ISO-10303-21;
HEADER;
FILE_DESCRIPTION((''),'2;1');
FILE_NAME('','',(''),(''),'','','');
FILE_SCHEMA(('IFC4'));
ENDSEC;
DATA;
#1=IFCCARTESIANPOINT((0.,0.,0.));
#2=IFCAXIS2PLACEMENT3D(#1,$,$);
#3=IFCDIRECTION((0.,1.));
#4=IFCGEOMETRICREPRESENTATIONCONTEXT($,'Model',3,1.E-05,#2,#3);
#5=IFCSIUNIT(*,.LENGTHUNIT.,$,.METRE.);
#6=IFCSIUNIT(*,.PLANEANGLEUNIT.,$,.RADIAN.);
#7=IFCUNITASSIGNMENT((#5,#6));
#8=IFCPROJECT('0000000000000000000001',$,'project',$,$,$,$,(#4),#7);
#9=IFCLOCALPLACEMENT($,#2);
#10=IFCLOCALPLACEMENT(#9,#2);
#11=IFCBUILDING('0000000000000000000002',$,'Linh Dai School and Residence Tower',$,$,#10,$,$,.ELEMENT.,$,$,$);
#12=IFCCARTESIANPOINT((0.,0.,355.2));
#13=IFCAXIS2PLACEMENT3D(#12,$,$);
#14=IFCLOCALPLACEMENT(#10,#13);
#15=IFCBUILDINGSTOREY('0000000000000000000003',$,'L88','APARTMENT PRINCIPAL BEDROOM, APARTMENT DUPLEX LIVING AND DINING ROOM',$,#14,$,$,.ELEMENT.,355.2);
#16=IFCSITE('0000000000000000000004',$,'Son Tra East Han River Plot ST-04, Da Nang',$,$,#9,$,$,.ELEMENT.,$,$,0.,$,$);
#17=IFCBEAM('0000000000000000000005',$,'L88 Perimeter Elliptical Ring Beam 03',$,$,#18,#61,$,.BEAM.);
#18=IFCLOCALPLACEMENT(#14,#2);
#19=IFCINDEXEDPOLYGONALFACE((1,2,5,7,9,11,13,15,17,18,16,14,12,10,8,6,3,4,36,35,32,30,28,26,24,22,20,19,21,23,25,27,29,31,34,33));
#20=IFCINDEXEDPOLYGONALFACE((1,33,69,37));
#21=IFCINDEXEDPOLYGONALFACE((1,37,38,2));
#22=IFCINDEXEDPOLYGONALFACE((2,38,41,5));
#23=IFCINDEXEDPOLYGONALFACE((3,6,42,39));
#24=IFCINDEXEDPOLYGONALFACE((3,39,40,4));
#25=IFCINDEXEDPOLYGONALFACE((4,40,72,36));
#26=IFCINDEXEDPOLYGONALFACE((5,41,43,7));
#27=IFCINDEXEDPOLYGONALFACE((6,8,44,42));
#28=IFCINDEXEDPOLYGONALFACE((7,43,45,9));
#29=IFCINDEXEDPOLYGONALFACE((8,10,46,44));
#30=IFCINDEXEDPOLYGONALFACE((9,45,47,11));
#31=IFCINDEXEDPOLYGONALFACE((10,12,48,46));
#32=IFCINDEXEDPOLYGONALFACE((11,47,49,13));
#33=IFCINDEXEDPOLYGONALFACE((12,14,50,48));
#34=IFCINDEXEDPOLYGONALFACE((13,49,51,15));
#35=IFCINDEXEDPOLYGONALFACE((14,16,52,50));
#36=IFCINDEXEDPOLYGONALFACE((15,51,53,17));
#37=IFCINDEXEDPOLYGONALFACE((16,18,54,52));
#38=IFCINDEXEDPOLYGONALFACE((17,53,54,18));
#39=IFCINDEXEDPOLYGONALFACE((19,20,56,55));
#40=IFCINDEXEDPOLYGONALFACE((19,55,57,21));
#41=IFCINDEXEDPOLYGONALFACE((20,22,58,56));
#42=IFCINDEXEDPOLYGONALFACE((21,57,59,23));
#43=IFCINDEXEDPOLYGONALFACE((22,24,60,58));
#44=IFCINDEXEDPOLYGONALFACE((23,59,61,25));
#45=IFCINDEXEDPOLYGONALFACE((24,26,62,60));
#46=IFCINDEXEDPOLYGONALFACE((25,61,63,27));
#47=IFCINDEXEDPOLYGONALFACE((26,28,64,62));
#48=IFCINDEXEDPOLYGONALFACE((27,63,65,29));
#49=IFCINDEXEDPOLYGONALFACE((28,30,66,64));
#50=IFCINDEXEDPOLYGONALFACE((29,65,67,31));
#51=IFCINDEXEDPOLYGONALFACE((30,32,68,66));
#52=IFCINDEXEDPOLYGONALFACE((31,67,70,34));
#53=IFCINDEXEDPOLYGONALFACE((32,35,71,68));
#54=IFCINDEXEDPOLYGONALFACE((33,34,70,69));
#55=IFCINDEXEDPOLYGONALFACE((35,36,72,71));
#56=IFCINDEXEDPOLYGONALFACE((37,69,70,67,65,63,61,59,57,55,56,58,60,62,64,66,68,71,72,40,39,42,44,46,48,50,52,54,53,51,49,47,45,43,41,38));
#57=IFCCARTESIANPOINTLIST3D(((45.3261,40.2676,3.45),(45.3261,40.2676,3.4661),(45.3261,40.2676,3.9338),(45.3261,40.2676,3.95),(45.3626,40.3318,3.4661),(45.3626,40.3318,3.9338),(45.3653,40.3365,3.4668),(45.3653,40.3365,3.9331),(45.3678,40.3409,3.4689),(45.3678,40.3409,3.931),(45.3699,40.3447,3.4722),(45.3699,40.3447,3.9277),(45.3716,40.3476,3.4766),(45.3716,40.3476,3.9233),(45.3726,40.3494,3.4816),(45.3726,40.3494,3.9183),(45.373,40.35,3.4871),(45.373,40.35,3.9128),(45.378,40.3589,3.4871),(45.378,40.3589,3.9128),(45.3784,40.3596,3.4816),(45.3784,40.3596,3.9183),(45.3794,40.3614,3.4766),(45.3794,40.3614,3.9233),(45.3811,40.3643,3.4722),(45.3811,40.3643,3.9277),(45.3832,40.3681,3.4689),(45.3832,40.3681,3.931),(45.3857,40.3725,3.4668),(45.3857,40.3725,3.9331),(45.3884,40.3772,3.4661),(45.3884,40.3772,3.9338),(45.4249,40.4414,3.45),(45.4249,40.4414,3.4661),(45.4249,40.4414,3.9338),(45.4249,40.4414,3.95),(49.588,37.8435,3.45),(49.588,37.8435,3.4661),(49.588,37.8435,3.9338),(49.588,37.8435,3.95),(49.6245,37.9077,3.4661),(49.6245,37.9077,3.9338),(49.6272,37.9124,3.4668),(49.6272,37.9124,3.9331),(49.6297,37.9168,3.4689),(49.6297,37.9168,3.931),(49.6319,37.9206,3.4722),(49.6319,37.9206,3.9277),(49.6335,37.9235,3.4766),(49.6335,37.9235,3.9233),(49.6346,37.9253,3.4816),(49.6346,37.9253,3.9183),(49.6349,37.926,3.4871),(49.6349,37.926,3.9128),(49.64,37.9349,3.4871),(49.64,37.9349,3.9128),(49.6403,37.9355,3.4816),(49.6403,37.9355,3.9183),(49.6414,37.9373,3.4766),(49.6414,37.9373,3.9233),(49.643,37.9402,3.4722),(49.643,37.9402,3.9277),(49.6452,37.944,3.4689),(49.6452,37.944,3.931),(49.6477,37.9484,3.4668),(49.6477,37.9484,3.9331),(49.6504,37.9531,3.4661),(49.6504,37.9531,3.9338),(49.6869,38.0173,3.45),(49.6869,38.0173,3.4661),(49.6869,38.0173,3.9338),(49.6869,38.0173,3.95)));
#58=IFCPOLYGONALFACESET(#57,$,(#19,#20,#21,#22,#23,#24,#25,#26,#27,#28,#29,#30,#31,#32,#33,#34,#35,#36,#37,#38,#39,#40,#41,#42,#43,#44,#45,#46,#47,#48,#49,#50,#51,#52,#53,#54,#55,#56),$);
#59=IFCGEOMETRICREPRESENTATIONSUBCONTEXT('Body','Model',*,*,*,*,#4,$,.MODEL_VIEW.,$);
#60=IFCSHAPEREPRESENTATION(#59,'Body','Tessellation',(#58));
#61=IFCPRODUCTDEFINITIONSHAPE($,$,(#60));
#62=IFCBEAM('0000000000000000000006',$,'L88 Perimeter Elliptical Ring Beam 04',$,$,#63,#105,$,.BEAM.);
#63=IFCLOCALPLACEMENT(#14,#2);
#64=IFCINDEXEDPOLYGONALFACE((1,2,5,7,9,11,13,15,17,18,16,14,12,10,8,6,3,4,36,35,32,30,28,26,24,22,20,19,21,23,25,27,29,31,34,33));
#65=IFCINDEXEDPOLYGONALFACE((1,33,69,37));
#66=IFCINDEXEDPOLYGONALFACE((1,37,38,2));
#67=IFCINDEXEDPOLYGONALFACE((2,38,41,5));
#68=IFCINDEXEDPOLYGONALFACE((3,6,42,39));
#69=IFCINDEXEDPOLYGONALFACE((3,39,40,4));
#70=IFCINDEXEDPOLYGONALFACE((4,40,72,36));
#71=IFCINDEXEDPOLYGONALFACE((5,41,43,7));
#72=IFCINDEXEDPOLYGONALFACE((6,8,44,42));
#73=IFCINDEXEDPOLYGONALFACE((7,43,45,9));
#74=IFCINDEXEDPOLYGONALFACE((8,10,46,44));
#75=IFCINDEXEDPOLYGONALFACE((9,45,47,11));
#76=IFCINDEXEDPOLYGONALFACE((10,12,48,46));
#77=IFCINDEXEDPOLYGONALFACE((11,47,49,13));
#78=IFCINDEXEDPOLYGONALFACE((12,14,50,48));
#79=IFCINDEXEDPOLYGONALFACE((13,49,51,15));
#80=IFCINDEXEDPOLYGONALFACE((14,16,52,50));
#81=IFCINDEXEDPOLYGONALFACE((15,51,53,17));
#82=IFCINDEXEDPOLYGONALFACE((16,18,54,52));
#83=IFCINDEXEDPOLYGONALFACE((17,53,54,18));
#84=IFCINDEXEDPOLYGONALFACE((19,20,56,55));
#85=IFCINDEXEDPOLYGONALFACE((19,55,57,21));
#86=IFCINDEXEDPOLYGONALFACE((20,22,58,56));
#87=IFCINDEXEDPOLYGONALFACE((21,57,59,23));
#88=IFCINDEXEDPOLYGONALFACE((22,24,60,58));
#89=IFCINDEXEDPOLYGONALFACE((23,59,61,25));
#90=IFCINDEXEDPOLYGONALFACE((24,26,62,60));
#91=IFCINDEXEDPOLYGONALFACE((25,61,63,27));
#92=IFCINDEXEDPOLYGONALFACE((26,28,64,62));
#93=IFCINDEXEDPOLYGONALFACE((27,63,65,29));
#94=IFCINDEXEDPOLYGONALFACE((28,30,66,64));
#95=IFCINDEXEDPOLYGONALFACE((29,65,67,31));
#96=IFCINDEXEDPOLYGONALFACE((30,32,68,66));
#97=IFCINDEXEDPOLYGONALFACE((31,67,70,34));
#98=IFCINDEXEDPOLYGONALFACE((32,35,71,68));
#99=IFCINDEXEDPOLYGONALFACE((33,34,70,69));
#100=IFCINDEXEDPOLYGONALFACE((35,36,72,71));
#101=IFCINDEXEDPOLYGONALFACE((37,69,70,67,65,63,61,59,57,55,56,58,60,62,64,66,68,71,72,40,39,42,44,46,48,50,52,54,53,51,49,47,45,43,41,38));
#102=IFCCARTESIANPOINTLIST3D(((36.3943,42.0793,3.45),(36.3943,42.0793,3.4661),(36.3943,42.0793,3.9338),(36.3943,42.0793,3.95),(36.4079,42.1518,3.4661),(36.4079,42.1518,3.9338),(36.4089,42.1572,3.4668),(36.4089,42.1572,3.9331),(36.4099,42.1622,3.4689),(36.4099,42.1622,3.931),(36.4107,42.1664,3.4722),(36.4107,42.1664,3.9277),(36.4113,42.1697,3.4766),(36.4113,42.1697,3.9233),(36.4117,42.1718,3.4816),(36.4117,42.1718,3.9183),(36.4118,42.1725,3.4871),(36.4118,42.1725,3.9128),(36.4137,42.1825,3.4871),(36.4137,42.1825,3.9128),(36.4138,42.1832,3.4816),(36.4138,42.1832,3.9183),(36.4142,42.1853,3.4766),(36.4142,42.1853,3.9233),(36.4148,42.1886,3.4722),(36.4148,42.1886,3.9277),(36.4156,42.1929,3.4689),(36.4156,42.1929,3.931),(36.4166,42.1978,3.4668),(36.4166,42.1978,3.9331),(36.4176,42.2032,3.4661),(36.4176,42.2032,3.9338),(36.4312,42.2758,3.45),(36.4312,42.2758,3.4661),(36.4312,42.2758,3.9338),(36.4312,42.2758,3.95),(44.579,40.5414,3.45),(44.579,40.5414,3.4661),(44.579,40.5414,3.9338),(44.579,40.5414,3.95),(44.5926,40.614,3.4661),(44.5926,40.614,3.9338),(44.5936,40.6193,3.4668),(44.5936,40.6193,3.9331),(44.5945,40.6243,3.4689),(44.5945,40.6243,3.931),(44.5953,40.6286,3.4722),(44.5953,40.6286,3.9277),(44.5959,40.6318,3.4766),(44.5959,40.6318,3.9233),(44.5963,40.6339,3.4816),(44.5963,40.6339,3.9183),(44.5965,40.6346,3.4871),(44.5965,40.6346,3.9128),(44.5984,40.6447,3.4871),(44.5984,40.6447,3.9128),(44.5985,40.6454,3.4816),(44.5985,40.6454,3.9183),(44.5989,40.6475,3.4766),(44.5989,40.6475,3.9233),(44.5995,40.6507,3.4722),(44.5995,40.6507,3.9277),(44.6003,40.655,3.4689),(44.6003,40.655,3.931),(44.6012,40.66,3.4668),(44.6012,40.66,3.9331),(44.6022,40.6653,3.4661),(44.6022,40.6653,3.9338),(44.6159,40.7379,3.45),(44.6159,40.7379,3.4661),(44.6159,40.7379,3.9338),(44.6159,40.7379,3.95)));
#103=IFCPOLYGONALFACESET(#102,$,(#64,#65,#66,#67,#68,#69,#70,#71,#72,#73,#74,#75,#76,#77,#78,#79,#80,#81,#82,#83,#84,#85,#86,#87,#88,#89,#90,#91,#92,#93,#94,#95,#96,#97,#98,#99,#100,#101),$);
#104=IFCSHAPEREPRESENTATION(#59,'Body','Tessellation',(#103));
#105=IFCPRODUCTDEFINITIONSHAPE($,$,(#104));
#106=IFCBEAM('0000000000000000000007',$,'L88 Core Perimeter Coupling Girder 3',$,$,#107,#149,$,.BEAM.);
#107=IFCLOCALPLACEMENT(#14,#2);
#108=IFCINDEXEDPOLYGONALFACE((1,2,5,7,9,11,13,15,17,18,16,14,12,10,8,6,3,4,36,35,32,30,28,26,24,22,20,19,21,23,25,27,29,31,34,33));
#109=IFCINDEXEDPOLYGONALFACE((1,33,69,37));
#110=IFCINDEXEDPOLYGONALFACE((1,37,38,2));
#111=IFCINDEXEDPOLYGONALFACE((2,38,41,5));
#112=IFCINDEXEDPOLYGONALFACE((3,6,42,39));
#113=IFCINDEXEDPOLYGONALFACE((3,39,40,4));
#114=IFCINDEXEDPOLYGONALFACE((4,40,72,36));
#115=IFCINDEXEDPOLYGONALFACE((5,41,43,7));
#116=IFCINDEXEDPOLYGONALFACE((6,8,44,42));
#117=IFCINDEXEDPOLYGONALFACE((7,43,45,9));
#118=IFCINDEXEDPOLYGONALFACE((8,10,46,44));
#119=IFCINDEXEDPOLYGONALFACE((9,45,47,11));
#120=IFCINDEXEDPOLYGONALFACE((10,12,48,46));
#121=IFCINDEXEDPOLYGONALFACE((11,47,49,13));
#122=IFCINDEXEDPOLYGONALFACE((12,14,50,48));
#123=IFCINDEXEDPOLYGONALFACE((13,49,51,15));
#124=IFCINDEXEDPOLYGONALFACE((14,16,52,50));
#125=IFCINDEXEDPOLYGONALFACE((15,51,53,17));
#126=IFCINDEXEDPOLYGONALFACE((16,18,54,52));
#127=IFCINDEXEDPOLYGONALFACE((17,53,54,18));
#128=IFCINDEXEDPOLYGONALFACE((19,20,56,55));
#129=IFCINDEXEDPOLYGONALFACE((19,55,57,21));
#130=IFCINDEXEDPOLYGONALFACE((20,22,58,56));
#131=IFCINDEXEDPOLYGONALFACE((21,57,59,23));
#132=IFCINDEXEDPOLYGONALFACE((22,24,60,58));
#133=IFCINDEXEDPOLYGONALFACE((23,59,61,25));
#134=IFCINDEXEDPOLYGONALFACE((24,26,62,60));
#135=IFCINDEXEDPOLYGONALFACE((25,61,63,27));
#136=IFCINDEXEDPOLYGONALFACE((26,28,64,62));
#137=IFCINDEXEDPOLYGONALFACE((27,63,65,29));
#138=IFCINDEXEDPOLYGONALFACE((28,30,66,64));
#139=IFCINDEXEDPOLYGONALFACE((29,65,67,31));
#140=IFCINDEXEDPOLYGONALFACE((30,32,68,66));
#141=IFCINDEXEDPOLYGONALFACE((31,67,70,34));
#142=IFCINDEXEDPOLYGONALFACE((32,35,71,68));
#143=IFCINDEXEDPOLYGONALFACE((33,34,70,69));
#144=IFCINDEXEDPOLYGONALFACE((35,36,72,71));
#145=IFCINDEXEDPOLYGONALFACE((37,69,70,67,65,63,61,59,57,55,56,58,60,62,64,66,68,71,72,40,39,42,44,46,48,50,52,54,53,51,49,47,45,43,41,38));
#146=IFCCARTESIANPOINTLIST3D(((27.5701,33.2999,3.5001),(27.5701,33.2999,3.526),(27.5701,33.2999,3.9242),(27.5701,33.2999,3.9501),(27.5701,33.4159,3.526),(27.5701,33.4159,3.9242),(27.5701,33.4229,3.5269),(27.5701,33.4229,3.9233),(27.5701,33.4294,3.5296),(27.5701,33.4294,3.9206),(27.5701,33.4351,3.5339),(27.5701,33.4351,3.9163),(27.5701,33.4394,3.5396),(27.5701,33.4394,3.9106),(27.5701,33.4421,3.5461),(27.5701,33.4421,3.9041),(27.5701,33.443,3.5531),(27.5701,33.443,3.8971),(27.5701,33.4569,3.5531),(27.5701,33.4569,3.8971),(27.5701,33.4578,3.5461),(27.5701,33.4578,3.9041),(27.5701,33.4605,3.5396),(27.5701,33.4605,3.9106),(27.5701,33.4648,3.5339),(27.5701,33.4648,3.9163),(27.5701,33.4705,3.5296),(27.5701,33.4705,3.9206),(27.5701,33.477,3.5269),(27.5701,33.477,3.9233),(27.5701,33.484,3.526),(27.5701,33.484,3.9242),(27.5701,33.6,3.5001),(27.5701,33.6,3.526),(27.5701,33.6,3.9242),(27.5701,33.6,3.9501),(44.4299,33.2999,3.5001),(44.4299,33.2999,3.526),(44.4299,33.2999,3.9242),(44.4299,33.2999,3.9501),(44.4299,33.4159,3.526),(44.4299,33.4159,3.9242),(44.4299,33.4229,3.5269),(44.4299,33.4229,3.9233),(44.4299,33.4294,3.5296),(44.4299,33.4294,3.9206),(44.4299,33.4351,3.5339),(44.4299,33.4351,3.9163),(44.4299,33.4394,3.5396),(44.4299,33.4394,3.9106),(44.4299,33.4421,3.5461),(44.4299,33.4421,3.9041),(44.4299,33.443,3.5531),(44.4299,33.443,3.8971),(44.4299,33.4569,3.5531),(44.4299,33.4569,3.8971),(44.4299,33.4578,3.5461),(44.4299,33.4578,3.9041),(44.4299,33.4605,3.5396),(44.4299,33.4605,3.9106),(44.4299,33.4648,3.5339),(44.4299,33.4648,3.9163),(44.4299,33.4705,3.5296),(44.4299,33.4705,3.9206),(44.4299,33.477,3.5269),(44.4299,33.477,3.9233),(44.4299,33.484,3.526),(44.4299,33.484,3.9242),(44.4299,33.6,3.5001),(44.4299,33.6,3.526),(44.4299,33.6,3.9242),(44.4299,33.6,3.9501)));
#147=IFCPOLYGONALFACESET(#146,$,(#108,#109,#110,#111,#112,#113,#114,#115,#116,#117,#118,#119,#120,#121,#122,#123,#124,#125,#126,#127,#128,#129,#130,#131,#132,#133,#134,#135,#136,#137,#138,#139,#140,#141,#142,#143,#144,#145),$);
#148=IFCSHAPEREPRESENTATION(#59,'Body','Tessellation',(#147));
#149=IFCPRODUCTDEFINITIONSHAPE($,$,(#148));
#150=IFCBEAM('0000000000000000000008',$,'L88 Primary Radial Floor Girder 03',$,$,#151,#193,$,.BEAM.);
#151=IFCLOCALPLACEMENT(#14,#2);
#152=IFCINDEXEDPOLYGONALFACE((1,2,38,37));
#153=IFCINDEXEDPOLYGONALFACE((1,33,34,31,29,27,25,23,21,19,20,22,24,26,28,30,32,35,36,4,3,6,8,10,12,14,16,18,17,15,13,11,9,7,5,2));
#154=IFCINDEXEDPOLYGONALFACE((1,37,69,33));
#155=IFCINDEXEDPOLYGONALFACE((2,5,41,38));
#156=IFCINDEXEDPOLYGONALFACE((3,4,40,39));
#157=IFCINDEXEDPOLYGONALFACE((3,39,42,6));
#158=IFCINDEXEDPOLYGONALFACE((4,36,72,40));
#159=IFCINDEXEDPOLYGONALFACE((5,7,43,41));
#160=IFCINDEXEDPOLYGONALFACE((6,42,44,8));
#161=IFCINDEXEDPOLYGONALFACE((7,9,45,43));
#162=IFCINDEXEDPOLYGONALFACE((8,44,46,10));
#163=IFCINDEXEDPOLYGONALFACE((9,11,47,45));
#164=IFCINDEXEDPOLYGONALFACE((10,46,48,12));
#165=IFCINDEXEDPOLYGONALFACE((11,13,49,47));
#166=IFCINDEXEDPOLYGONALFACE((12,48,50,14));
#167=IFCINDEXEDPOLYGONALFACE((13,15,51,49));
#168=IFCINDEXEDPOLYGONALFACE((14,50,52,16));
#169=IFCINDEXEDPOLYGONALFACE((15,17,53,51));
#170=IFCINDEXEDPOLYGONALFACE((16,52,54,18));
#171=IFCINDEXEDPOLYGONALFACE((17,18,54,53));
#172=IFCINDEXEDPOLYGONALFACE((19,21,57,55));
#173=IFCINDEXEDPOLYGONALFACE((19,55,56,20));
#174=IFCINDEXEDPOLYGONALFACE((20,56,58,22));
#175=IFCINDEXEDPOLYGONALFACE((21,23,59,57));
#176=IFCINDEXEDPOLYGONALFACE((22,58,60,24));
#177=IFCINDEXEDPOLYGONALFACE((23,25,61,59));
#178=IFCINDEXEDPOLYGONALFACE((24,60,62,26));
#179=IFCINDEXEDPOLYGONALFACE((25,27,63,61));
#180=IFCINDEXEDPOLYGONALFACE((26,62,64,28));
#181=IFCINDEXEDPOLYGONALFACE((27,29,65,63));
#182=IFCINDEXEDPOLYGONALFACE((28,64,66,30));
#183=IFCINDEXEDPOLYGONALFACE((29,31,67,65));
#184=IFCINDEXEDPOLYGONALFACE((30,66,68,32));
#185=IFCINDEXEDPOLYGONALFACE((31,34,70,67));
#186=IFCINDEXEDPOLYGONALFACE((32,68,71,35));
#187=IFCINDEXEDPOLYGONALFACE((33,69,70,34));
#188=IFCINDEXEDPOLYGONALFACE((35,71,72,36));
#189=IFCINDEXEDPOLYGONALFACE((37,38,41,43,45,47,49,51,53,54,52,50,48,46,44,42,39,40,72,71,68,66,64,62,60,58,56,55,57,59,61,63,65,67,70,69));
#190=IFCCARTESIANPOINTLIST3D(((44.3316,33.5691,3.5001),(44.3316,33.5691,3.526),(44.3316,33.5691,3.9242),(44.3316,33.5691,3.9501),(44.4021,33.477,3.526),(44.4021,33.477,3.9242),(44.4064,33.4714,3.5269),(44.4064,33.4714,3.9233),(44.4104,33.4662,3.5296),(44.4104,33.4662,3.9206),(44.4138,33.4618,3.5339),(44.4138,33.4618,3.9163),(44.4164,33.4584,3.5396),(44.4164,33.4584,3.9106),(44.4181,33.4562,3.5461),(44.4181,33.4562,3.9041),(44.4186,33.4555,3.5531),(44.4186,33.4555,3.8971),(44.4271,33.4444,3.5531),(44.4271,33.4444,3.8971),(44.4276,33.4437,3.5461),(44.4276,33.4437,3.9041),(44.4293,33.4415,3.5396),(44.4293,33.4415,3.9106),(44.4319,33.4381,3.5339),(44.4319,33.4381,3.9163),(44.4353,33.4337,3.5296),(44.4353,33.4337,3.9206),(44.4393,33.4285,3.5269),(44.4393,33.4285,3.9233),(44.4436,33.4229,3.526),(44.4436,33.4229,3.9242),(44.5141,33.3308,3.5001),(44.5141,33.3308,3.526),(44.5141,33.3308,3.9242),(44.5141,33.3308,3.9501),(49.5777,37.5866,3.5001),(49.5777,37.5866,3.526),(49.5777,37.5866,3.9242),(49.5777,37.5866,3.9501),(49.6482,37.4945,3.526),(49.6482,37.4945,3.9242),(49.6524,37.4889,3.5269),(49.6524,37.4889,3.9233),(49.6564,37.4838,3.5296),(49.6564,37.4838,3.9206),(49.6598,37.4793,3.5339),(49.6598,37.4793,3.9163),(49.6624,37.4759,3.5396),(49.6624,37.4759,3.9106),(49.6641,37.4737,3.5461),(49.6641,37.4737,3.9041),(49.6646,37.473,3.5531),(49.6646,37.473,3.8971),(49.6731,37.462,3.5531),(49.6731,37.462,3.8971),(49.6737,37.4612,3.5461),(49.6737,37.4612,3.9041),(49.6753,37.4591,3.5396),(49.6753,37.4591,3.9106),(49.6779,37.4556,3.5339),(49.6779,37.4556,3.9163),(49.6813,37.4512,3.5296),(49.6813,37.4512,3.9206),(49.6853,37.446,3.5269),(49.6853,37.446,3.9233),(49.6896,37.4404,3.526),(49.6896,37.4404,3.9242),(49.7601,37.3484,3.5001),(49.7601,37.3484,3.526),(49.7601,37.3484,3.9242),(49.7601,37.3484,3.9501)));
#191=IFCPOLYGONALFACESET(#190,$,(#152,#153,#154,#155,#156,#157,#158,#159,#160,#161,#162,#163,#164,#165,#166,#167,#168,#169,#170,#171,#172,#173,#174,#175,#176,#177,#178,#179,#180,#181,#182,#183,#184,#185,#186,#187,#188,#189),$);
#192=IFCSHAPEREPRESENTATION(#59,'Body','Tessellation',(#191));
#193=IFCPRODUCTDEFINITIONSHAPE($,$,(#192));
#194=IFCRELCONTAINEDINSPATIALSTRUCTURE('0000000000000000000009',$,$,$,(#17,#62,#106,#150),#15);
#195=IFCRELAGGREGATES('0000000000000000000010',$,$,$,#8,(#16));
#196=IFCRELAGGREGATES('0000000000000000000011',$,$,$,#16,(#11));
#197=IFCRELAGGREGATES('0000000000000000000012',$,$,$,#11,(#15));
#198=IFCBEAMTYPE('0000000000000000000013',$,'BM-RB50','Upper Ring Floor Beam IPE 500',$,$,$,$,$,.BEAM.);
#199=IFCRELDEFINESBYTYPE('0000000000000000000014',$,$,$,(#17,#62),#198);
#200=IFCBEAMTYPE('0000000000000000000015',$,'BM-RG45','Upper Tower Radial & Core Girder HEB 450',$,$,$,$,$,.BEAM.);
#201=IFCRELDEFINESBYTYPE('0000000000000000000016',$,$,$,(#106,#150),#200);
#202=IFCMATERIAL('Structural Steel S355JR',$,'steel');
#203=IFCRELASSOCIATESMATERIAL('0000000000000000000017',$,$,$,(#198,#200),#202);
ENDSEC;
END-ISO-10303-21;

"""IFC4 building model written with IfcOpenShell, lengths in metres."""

from ifc_helpers import new_model, si_unit, direction, frame, origin, origin_2d, place, context, subcontext, project, spatial, i_section, extrude, material, material_profile, profile_set, type_object, element, save


model = new_model("IFC4")

# Units and contexts
model_context = context("Model", 3, precision=1e-05, world=origin(), true_north=direction((0.0, 1.0)))
body_context = subcontext(model_context, "Body", "Model", "MODEL_VIEW")
ifc_project = project(units=[si_unit("LENGTHUNIT", "METRE"), si_unit("PLANEANGLEUNIT", "RADIAN")], contexts=[model_context])

# Site, building, storey
site_placement = place(None, origin())
site = spatial("IfcSite", under=ifc_project, at=site_placement, Name="Son Tra East Han River Plot ST-04, Da Nang", CompositionType="ELEMENT", RefElevation=0.0)
building_placement = place(site_placement, origin())
building = spatial("IfcBuilding", under=site, at=building_placement, Name="Linh Dai School and Residence Tower", CompositionType="ELEMENT")
storey_placement = place(building_placement, frame((0.0, 0.0, 355.2)))
storey = spatial("IfcBuildingStorey", under=building, at=storey_placement, Name="L88", Description="APARTMENT PRINCIPAL BEDROOM, APARTMENT DUPLEX LIVING AND DINING ROOM", CompositionType="ELEMENT", Elevation=355.2)

# Shared definitions
ifc_material_1 = material(Name="Structural Steel S355JR", Category="steel")

# Beams
ifc_material_profile_1 = material_profile(ifc_material_1, i_section(OverallWidth=0.2, OverallDepth=0.5, WebThickness=0.0103, FlangeThickness=0.0161, FilletRadius=0.021, at=origin_2d()), Name="IPE 500")
ifc_profile_set_1 = profile_set([ifc_material_profile_1], Name="Structural Steel S355JR")
beam_type_1 = type_object("IfcBeamType", Name="BM-RB50", Description="Upper Ring Floor Beam IPE 500", PredefinedType="BEAM", material=ifc_profile_set_1)
beam_1_placement = place(storey_placement, frame((49.6375, 37.9304, 3.7), z_axis=(-0.869237, 0.494395, 0.0), x_axis=(-0.494395, -0.869237, 0.0)))
element("IfcBeam", 1, at=beam_1_placement, inside=storey, type_object=beam_type_1, Name="L88 Perimeter Elliptical Ring Beam 03", PredefinedType="BEAM", context=body_context, shape_type="SweptSolid", body=[
    extrude(i_section(OverallWidth=0.2, OverallDepth=0.5, WebThickness=0.0103, FlangeThickness=0.0161, FilletRadius=0.021, at=origin_2d()), origin(), (0.0, 0.0, 1.0), 4.9031),
])
beam_2_placement = place(storey_placement, frame((44.5974, 40.6396, 3.7), z_axis=(-0.982802, 0.184664, 0.0), x_axis=(-0.184664, -0.982802, 0.0)))
element("IfcBeam", 2, at=beam_2_placement, inside=storey, type_object=beam_type_1, Name="L88 Perimeter Elliptical Ring Beam 04", PredefinedType="BEAM", context=body_context, shape_type="SweptSolid", body=[
    extrude(i_section(OverallWidth=0.2, OverallDepth=0.5, WebThickness=0.0103, FlangeThickness=0.0161, FilletRadius=0.021, at=origin_2d()), origin(), (0.0, 0.0, 1.0), 8.3279),
])
ifc_material_profile_2 = material_profile(ifc_material_1, i_section(OverallWidth=0.3, OverallDepth=0.45, WebThickness=0.0139, FlangeThickness=0.0259, FilletRadius=0.0271, at=origin_2d()), Name="HEB 450")
ifc_profile_set_2 = profile_set([ifc_material_profile_2], Name="Structural Steel S355JR")
beam_type_2 = type_object("IfcBeamType", Name="BM-RG45", Description="Upper Tower Radial & Core Girder HEB 450", PredefinedType="BEAM", material=ifc_profile_set_2)
beam_3_placement = place(storey_placement, frame((44.4299, 33.45, 3.7251), z_axis=(-1.0, 0.0, 0.0), x_axis=(0.0, -1.0, 0.0)))
element("IfcBeam", 3, at=beam_3_placement, inside=storey, type_object=beam_type_2, Name="L88 Core Perimeter Coupling Girder 3", PredefinedType="BEAM", context=body_context, shape_type="SweptSolid", body=[
    extrude(i_section(OverallWidth=0.3, OverallDepth=0.45, WebThickness=0.0139, FlangeThickness=0.0259, FilletRadius=0.0271, at=origin_2d()), origin(), (0.0, 0.0, 1.0), 16.8599),
])
beam_4_placement = place(storey_placement, frame((44.4229, 33.45, 3.7251), z_axis=(0.79393, 0.608009, 0.0), x_axis=(-0.608009, 0.79393, 0.0)))
element("IfcBeam", 4, at=beam_4_placement, inside=storey, type_object=beam_type_2, Name="L88 Primary Radial Floor Girder 03", PredefinedType="BEAM", context=body_context, shape_type="SweptSolid", body=[
    extrude(i_section(OverallWidth=0.3, OverallDepth=0.45, WebThickness=0.0139, FlangeThickness=0.0259, FilletRadius=0.0271, at=origin_2d()), origin(), (0.0, 0.0, 1.0), 6.6077),
])

save(model, "model.ifc")
